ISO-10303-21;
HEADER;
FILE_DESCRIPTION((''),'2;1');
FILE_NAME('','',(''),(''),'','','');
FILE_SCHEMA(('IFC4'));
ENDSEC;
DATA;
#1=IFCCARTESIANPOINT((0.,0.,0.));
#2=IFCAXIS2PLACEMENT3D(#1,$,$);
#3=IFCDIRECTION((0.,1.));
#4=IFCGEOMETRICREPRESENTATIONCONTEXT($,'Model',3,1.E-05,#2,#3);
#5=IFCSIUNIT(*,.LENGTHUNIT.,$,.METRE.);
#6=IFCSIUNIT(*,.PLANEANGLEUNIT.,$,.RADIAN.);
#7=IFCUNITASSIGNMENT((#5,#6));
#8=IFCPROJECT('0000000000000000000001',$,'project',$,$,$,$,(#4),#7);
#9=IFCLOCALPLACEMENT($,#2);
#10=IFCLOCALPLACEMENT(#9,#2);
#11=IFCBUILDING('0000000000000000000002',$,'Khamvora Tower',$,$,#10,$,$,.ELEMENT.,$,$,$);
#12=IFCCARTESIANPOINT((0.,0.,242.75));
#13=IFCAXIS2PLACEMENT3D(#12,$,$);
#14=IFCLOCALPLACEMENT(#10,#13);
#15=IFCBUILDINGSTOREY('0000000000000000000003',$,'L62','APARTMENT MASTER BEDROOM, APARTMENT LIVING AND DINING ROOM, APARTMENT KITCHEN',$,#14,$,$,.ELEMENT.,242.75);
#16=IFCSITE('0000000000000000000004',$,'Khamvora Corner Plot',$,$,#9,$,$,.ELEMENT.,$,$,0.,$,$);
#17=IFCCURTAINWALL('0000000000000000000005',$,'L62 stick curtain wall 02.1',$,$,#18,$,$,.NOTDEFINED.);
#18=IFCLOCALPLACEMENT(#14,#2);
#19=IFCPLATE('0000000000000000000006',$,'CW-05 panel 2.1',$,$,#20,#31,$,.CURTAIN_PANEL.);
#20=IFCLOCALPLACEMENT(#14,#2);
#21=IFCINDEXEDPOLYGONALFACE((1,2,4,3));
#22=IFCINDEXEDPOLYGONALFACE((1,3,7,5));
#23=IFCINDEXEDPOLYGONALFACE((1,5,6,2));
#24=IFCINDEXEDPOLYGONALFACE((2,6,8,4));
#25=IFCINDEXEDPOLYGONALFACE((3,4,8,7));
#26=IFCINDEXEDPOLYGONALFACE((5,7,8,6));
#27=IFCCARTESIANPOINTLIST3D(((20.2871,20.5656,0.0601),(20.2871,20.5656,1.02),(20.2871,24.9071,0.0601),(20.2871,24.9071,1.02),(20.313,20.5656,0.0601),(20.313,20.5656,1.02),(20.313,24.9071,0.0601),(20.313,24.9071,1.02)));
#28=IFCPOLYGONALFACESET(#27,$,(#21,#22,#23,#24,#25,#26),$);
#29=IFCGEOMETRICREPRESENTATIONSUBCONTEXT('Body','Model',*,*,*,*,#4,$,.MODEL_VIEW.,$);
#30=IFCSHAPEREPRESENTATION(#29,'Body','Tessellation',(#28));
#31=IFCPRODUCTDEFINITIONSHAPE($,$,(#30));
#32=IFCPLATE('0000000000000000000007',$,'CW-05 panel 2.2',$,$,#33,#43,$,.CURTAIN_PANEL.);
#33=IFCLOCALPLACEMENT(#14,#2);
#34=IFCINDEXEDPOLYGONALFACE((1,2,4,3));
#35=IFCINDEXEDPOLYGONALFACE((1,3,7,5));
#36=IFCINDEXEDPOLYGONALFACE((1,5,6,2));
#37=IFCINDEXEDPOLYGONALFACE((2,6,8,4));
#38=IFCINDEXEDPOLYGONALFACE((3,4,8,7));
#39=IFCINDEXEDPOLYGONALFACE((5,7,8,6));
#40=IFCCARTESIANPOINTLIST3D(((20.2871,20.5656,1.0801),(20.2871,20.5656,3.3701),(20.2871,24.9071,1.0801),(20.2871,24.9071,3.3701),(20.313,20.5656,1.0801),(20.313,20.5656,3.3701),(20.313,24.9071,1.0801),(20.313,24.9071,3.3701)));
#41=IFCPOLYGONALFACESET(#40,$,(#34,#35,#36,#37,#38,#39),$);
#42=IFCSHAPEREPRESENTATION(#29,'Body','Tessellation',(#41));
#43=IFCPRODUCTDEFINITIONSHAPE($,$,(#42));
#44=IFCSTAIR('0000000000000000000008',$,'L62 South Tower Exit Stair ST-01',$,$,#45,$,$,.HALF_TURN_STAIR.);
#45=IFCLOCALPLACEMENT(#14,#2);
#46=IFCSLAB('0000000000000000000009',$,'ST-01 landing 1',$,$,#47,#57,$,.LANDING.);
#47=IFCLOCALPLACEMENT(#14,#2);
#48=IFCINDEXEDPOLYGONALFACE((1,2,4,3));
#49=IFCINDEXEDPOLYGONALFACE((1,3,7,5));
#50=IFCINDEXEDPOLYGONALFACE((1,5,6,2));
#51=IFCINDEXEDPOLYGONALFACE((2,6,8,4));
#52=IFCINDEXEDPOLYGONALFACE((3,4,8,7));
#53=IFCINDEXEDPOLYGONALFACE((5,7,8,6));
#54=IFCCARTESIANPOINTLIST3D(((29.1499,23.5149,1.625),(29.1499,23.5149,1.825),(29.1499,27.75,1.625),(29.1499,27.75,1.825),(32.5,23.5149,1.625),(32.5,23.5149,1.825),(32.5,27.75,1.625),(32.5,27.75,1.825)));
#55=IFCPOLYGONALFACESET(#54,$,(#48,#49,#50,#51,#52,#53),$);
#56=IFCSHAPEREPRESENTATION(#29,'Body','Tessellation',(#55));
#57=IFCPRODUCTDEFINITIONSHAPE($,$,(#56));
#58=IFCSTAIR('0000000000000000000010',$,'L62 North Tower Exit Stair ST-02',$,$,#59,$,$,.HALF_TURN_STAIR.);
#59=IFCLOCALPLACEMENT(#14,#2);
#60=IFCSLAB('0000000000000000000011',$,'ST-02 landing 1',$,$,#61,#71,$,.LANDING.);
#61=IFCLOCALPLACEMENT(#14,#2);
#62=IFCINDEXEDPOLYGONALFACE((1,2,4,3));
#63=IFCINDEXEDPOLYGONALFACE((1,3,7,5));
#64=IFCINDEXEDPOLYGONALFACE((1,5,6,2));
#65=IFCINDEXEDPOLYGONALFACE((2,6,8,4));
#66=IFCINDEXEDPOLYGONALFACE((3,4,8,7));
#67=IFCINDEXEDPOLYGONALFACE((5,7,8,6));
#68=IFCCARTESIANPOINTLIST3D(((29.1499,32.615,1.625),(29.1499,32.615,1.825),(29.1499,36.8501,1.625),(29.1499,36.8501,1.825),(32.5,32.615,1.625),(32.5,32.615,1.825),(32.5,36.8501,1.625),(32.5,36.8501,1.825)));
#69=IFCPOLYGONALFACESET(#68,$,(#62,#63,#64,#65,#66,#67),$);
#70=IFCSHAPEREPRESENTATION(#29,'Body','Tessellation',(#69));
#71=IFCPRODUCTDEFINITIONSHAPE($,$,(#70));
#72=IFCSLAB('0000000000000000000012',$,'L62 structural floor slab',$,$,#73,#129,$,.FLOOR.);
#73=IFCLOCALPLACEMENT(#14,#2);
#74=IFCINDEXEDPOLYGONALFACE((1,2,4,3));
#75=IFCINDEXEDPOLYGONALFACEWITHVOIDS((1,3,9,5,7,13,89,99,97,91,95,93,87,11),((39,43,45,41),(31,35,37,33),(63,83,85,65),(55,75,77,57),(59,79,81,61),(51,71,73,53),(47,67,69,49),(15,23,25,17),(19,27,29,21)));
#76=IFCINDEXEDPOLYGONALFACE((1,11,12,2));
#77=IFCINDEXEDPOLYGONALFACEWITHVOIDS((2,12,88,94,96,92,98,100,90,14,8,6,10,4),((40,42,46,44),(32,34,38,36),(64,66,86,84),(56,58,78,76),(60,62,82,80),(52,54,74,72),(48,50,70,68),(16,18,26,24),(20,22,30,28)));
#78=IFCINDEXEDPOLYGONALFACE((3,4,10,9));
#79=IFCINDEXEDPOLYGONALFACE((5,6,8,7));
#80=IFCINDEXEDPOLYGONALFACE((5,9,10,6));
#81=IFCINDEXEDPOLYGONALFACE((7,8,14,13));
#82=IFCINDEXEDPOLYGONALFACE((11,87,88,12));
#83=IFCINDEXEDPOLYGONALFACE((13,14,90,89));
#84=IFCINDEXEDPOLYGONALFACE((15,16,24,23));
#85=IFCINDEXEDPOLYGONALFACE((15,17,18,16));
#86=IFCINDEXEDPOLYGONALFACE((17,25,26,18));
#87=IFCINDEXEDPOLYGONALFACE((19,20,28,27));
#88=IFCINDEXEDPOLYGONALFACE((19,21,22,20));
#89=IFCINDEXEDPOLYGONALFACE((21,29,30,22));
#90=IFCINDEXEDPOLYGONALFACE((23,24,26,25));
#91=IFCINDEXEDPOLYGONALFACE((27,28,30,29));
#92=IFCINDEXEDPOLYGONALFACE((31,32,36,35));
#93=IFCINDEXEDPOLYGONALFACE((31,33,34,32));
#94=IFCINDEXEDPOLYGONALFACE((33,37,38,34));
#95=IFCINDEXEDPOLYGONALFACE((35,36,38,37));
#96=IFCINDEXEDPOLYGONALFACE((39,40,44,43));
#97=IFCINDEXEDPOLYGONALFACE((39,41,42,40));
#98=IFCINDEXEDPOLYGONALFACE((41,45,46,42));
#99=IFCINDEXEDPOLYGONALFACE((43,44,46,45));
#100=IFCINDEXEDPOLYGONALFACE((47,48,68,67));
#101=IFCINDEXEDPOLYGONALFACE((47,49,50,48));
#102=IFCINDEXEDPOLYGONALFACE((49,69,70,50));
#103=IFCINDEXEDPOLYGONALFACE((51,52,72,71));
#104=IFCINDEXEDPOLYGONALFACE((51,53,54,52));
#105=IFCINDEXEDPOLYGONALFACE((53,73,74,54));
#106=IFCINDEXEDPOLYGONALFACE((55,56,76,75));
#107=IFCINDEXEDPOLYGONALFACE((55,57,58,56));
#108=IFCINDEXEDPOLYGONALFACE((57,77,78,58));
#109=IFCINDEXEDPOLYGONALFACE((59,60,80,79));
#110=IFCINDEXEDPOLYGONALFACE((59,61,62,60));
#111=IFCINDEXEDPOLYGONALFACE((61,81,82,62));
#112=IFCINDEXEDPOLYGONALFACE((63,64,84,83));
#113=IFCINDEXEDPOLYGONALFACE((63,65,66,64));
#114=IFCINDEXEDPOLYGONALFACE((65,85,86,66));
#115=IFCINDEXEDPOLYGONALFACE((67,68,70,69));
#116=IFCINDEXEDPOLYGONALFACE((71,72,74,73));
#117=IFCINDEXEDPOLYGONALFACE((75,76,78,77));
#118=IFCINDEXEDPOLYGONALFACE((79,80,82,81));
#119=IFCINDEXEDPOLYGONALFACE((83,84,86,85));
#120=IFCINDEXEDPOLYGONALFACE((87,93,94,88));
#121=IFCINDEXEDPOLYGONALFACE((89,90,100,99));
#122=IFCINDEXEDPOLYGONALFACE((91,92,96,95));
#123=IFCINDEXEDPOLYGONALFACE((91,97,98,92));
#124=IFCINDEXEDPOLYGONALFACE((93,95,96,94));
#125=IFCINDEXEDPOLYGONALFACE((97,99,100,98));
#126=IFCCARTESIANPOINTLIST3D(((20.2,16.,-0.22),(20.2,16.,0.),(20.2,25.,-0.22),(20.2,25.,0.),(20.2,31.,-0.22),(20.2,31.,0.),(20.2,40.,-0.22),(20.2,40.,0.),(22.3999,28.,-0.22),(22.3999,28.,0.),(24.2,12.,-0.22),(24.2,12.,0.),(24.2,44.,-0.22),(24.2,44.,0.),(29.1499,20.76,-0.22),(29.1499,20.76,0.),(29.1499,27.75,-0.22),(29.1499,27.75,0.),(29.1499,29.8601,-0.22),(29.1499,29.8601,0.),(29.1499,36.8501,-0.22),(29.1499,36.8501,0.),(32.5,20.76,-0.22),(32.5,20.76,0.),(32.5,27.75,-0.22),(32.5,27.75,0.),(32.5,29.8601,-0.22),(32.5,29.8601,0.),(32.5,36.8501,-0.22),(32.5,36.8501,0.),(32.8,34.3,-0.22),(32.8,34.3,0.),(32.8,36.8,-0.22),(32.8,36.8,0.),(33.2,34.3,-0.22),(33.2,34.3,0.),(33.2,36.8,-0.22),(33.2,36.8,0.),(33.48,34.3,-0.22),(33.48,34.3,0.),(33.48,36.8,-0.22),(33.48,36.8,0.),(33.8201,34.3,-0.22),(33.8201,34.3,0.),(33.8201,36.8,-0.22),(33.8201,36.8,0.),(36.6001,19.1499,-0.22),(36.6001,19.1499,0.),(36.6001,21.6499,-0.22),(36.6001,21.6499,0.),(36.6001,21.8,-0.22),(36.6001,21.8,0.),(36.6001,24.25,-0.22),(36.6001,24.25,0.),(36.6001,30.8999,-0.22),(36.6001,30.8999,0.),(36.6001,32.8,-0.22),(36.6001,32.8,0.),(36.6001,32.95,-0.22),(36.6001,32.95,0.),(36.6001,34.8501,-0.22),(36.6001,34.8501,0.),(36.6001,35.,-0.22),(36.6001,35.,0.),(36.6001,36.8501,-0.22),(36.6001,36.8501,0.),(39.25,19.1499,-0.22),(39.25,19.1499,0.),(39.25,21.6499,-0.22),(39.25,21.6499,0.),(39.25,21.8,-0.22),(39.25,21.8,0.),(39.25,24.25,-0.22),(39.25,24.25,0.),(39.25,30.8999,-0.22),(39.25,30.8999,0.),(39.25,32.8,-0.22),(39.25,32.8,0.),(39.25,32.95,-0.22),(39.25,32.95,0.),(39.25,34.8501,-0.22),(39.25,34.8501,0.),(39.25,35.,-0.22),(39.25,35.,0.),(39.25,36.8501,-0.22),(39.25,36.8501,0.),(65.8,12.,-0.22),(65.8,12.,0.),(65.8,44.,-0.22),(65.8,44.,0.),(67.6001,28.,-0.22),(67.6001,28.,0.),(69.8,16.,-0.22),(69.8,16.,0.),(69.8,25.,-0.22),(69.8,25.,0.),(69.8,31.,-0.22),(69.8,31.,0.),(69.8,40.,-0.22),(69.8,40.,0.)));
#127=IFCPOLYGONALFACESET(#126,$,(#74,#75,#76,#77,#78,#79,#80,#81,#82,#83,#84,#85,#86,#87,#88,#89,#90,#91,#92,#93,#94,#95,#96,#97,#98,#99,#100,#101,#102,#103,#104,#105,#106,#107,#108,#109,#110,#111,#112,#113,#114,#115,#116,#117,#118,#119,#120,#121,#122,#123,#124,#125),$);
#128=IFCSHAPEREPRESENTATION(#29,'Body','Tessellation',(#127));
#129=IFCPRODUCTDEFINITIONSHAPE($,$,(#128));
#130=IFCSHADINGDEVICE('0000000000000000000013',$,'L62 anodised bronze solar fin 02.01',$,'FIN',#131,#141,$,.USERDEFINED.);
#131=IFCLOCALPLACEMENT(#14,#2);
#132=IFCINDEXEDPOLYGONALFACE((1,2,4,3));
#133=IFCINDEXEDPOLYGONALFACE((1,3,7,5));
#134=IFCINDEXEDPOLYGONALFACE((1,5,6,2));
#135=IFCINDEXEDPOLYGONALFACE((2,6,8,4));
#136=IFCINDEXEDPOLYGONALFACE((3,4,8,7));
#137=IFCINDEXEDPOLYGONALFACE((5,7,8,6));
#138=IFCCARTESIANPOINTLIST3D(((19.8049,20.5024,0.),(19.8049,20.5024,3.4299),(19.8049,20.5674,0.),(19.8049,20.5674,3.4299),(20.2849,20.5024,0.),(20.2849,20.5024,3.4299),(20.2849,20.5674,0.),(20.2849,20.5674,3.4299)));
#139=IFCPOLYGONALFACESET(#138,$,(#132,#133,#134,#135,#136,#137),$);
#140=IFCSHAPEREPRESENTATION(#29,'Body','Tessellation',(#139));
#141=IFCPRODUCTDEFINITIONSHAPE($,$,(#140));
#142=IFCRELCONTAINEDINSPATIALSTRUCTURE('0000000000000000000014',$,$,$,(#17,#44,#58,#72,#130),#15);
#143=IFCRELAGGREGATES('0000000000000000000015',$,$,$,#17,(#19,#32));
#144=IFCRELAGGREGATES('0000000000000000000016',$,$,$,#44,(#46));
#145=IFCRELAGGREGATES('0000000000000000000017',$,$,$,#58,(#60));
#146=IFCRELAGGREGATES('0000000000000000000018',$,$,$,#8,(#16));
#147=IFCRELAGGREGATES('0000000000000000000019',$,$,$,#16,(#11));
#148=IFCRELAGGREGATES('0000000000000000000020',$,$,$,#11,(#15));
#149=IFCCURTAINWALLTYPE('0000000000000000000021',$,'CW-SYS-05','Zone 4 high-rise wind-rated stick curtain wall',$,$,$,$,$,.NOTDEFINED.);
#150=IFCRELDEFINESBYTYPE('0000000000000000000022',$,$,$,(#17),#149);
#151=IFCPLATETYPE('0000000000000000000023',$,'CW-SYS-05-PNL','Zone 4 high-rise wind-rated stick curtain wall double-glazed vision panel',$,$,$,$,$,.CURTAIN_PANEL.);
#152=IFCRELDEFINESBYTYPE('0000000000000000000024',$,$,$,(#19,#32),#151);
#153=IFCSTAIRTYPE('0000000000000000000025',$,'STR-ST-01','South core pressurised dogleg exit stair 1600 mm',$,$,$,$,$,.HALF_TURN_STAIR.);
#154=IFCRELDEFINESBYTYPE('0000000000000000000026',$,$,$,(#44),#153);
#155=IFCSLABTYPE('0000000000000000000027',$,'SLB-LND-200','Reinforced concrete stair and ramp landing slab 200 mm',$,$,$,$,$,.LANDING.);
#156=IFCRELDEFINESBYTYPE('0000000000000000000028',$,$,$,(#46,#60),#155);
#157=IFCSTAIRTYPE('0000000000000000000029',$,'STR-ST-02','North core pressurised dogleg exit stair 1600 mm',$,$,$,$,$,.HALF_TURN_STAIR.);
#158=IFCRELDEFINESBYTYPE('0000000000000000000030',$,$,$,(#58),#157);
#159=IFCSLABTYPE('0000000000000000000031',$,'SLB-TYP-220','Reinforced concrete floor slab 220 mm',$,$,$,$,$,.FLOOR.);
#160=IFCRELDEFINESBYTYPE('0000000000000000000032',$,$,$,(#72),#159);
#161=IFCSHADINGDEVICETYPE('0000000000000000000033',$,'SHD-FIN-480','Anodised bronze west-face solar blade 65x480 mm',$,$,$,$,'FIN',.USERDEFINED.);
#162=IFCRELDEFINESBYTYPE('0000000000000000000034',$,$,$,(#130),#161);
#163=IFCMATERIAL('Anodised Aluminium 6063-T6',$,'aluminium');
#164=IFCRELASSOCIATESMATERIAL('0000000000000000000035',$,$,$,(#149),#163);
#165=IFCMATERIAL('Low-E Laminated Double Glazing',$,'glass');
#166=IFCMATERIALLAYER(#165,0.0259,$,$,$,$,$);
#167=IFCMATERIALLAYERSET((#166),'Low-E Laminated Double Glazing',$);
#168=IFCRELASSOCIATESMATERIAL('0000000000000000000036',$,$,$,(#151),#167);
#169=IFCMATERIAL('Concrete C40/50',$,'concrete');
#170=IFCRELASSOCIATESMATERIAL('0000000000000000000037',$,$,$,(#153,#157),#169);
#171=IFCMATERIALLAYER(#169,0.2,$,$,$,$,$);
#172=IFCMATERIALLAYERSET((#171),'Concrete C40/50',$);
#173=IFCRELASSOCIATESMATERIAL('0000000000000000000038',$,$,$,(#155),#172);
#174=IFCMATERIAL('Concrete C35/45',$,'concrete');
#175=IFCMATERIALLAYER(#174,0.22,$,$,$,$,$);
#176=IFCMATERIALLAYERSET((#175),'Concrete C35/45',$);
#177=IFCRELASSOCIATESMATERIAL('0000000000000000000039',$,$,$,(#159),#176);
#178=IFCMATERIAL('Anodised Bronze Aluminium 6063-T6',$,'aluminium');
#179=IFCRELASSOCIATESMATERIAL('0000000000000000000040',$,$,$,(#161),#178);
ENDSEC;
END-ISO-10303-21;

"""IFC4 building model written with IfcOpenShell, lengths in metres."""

from ifc_helpers import new_model, si_unit, direction, frame, origin, origin_2d, place, context, subcontext, project, spatial, polyline, rectangle, outline, extrude, material, layer, layer_set, type_object, element, aggregate, save


model = new_model("IFC4")

# Units and contexts
model_context = context("Model", 3, precision=1e-05, world=origin(), true_north=direction((0.0, 1.0)))
body_context = subcontext(model_context, "Body", "Model", "MODEL_VIEW")
ifc_project = project(units=[si_unit("LENGTHUNIT", "METRE"), si_unit("PLANEANGLEUNIT", "RADIAN")], contexts=[model_context])

# Site, building, storey
site_placement = place(None, origin())
site = spatial("IfcSite", under=ifc_project, at=site_placement, Name="Khamvora Corner Plot", CompositionType="ELEMENT", RefElevation=0.0)
building_placement = place(site_placement, origin())
building = spatial("IfcBuilding", under=site, at=building_placement, Name="Khamvora Tower", CompositionType="ELEMENT")
storey_placement = place(building_placement, frame((0.0, 0.0, 242.75)))
storey = spatial("IfcBuildingStorey", under=building, at=storey_placement, Name="L62", Description="APARTMENT MASTER BEDROOM, APARTMENT LIVING AND DINING ROOM, APARTMENT KITCHEN", CompositionType="ELEMENT", Elevation=242.75)

# Curtain wall, plates
ifc_material_1 = material(Name="Anodised Aluminium 6063-T6", Category="aluminium")
curtain_wall_type = type_object("IfcCurtainWallType", Name="CW-SYS-05", Description="Zone 4 high-rise wind-rated stick curtain wall", PredefinedType="NOTDEFINED", material=ifc_material_1)
curtain_wall_placement = place(storey_placement, origin())
curtain_wall = element("IfcCurtainWall", 1, at=curtain_wall_placement, inside=storey, type_object=curtain_wall_type, Name="L62 stick curtain wall 02.1", PredefinedType="NOTDEFINED")
ifc_material_2 = material(Name="Low-E Laminated Double Glazing", Category="glass")
ifc_layer_1 = layer(ifc_material_2, 0.0259)
ifc_layer_set_1 = layer_set([ifc_layer_1], Name="Low-E Laminated Double Glazing")
plate_type = type_object("IfcPlateType", Name="CW-SYS-05-PNL", Description="Zone 4 high-rise wind-rated stick curtain wall double-glazed vision panel", PredefinedType="CURTAIN_PANEL", material=ifc_layer_set_1)
plate_1_placement = place(storey_placement, frame((20.3, 22.7363, 0.0601), z_axis=(0.0, 0.0, 1.0), x_axis=(0.0, 1.0, 0.0)))
plate_1 = element("IfcPlate", 2, at=plate_1_placement, type_object=plate_type, Name="CW-05 panel 2.1", PredefinedType="CURTAIN_PANEL", context=body_context, shape_type="SweptSolid", body=[
    extrude(rectangle(XDim=4.3416, YDim=0.0259, at=origin_2d()), origin(), (0.0, 0.0, 1.0), 0.96),
])
plate_2_placement = place(storey_placement, frame((20.3, 22.7363, 1.0801), z_axis=(0.0, 0.0, 1.0), x_axis=(0.0, 1.0, 0.0)))
plate_2 = element("IfcPlate", 3, at=plate_2_placement, type_object=plate_type, Name="CW-05 panel 2.2", PredefinedType="CURTAIN_PANEL", context=body_context, shape_type="SweptSolid", body=[
    extrude(rectangle(XDim=4.3416, YDim=0.0259, at=origin_2d()), origin(), (0.0, 0.0, 1.0), 2.29),
])
aggregate(curtain_wall, [plate_1, plate_2])

# Stairs, slabs
ifc_material_3 = material(Name="Concrete C40/50", Category="concrete")
stair_type_1 = type_object("IfcStairType", Name="STR-ST-01", Description="South core pressurised dogleg exit stair 1600 mm", PredefinedType="HALF_TURN_STAIR", material=ifc_material_3)
stair_1_placement = place(storey_placement, origin())
stair_1 = element("IfcStair", 4, at=stair_1_placement, inside=storey, type_object=stair_type_1, Name="L62 South Tower Exit Stair ST-01", PredefinedType="HALF_TURN_STAIR")
ifc_layer_2 = layer(ifc_material_3, 0.2)
ifc_layer_set_2 = layer_set([ifc_layer_2], Name="Concrete C40/50")
slab_type_1 = type_object("IfcSlabType", Name="SLB-LND-200", Description="Reinforced concrete stair and ramp landing slab 200 mm", PredefinedType="LANDING", material=ifc_layer_set_2)
slab_1_placement = place(storey_placement, frame((0.0, 0.0, 1.625)))
slab_1 = element("IfcSlab", 5, at=slab_1_placement, type_object=slab_type_1, Name="ST-01 landing 1", PredefinedType="LANDING", context=body_context, shape_type="SweptSolid", body=[
    extrude(outline(polyline([(32.5, 23.5149), (32.5, 27.75), (29.1499, 27.75), (29.1499, 23.5149), (32.5, 23.5149)])), origin(), (0.0, 0.0, 1.0), 0.2),
])
aggregate(stair_1, [slab_1])
stair_type_2 = type_object("IfcStairType", Name="STR-ST-02", Description="North core pressurised dogleg exit stair 1600 mm", PredefinedType="HALF_TURN_STAIR", material=ifc_material_3)
stair_2_placement = place(storey_placement, origin())
stair_2 = element("IfcStair", 6, at=stair_2_placement, inside=storey, type_object=stair_type_2, Name="L62 North Tower Exit Stair ST-02", PredefinedType="HALF_TURN_STAIR")
slab_2_placement = place(storey_placement, frame((0.0, 0.0, 1.625)))
slab_2 = element("IfcSlab", 7, at=slab_2_placement, type_object=slab_type_1, Name="ST-02 landing 1", PredefinedType="LANDING", context=body_context, shape_type="SweptSolid", body=[
    extrude(outline(polyline([(32.5, 32.615), (32.5, 36.8501), (29.1499, 36.8501), (29.1499, 32.615), (32.5, 32.615)])), origin(), (0.0, 0.0, 1.0), 0.2),
])
aggregate(stair_2, [slab_2])

# Slab
ifc_material_4 = material(Name="Concrete C35/45", Category="concrete")
ifc_layer_3 = layer(ifc_material_4, 0.22)
ifc_layer_set_3 = layer_set([ifc_layer_3], Name="Concrete C35/45")
slab_type_2 = type_object("IfcSlabType", Name="SLB-TYP-220", Description="Reinforced concrete floor slab 220 mm", PredefinedType="FLOOR", material=ifc_layer_set_3)
slab_3_placement = place(storey_placement, frame((0.0, 0.0, -0.22)))
element("IfcSlab", 8, at=slab_3_placement, inside=storey, type_object=slab_type_2, Name="L62 structural floor slab", PredefinedType="FLOOR", context=body_context, shape_type="SweptSolid", body=[
    extrude(outline(polyline([(24.2, 12.0), (65.8, 12.0), (69.8, 16.0), (69.8, 25.0), (67.6001, 28.0), (69.8, 31.0), (69.8, 40.0), (65.8, 44.0), (24.2, 44.0), (20.2, 40.0), (20.2, 31.0), (22.3999, 28.0), (20.2, 25.0), (20.2, 16.0), (24.2, 12.0)]), holes=[polyline([(32.5, 20.76), (32.5, 27.75), (29.1499, 27.75), (29.1499, 20.76), (32.5, 20.76)]), polyline([(32.5, 29.8601), (32.5, 36.8501), (29.1499, 36.8501), (29.1499, 29.8601), (32.5, 29.8601)]), polyline([(36.6001, 19.1499), (39.25, 19.1499), (39.25, 21.6499), (36.6001, 21.6499), (36.6001, 19.1499)]), polyline([(36.6001, 21.8), (39.25, 21.8), (39.25, 24.25), (36.6001, 24.25), (36.6001, 21.8)]), polyline([(36.6001, 30.8999), (39.25, 30.8999), (39.25, 32.8), (36.6001, 32.8), (36.6001, 30.8999)]), polyline([(36.6001, 32.95), (39.25, 32.95), (39.25, 34.8501), (36.6001, 34.8501), (36.6001, 32.95)]), polyline([(36.6001, 35.0), (39.25, 35.0), (39.25, 36.8501), (36.6001, 36.8501), (36.6001, 35.0)]), polyline([(32.8, 34.3), (33.2, 34.3), (33.2, 36.8), (32.8, 36.8), (32.8, 34.3)]), polyline([(33.48, 34.3), (33.8201, 34.3), (33.8201, 36.8), (33.48, 36.8), (33.48, 34.3)])]), origin(), (0.0, 0.0, 1.0), 0.22),
])

# Shading device
ifc_material_5 = material(Name="Anodised Bronze Aluminium 6063-T6", Category="aluminium")
shading_device_type = type_object("IfcShadingDeviceType", Name="SHD-FIN-480", Description="Anodised bronze west-face solar blade 65x480 mm", ElementType="FIN", PredefinedType="USERDEFINED", material=ifc_material_5)
shading_device_placement = place(storey_placement, frame((20.0449, 20.5349, 0.0), z_axis=(0.0, 0.0, 1.0), x_axis=(0.0, 1.0, 0.0)))
element("IfcShadingDevice", 9, at=shading_device_placement, inside=storey, type_object=shading_device_type, Name="L62 anodised bronze solar fin 02.01", ObjectType="FIN", PredefinedType="USERDEFINED", context=body_context, shape_type="SweptSolid", body=[
    extrude(rectangle(XDim=0.0649, YDim=0.48, at=origin_2d()), origin(), (0.0, 0.0, 1.0), 3.4299),
])

save(model, "model.ifc")
